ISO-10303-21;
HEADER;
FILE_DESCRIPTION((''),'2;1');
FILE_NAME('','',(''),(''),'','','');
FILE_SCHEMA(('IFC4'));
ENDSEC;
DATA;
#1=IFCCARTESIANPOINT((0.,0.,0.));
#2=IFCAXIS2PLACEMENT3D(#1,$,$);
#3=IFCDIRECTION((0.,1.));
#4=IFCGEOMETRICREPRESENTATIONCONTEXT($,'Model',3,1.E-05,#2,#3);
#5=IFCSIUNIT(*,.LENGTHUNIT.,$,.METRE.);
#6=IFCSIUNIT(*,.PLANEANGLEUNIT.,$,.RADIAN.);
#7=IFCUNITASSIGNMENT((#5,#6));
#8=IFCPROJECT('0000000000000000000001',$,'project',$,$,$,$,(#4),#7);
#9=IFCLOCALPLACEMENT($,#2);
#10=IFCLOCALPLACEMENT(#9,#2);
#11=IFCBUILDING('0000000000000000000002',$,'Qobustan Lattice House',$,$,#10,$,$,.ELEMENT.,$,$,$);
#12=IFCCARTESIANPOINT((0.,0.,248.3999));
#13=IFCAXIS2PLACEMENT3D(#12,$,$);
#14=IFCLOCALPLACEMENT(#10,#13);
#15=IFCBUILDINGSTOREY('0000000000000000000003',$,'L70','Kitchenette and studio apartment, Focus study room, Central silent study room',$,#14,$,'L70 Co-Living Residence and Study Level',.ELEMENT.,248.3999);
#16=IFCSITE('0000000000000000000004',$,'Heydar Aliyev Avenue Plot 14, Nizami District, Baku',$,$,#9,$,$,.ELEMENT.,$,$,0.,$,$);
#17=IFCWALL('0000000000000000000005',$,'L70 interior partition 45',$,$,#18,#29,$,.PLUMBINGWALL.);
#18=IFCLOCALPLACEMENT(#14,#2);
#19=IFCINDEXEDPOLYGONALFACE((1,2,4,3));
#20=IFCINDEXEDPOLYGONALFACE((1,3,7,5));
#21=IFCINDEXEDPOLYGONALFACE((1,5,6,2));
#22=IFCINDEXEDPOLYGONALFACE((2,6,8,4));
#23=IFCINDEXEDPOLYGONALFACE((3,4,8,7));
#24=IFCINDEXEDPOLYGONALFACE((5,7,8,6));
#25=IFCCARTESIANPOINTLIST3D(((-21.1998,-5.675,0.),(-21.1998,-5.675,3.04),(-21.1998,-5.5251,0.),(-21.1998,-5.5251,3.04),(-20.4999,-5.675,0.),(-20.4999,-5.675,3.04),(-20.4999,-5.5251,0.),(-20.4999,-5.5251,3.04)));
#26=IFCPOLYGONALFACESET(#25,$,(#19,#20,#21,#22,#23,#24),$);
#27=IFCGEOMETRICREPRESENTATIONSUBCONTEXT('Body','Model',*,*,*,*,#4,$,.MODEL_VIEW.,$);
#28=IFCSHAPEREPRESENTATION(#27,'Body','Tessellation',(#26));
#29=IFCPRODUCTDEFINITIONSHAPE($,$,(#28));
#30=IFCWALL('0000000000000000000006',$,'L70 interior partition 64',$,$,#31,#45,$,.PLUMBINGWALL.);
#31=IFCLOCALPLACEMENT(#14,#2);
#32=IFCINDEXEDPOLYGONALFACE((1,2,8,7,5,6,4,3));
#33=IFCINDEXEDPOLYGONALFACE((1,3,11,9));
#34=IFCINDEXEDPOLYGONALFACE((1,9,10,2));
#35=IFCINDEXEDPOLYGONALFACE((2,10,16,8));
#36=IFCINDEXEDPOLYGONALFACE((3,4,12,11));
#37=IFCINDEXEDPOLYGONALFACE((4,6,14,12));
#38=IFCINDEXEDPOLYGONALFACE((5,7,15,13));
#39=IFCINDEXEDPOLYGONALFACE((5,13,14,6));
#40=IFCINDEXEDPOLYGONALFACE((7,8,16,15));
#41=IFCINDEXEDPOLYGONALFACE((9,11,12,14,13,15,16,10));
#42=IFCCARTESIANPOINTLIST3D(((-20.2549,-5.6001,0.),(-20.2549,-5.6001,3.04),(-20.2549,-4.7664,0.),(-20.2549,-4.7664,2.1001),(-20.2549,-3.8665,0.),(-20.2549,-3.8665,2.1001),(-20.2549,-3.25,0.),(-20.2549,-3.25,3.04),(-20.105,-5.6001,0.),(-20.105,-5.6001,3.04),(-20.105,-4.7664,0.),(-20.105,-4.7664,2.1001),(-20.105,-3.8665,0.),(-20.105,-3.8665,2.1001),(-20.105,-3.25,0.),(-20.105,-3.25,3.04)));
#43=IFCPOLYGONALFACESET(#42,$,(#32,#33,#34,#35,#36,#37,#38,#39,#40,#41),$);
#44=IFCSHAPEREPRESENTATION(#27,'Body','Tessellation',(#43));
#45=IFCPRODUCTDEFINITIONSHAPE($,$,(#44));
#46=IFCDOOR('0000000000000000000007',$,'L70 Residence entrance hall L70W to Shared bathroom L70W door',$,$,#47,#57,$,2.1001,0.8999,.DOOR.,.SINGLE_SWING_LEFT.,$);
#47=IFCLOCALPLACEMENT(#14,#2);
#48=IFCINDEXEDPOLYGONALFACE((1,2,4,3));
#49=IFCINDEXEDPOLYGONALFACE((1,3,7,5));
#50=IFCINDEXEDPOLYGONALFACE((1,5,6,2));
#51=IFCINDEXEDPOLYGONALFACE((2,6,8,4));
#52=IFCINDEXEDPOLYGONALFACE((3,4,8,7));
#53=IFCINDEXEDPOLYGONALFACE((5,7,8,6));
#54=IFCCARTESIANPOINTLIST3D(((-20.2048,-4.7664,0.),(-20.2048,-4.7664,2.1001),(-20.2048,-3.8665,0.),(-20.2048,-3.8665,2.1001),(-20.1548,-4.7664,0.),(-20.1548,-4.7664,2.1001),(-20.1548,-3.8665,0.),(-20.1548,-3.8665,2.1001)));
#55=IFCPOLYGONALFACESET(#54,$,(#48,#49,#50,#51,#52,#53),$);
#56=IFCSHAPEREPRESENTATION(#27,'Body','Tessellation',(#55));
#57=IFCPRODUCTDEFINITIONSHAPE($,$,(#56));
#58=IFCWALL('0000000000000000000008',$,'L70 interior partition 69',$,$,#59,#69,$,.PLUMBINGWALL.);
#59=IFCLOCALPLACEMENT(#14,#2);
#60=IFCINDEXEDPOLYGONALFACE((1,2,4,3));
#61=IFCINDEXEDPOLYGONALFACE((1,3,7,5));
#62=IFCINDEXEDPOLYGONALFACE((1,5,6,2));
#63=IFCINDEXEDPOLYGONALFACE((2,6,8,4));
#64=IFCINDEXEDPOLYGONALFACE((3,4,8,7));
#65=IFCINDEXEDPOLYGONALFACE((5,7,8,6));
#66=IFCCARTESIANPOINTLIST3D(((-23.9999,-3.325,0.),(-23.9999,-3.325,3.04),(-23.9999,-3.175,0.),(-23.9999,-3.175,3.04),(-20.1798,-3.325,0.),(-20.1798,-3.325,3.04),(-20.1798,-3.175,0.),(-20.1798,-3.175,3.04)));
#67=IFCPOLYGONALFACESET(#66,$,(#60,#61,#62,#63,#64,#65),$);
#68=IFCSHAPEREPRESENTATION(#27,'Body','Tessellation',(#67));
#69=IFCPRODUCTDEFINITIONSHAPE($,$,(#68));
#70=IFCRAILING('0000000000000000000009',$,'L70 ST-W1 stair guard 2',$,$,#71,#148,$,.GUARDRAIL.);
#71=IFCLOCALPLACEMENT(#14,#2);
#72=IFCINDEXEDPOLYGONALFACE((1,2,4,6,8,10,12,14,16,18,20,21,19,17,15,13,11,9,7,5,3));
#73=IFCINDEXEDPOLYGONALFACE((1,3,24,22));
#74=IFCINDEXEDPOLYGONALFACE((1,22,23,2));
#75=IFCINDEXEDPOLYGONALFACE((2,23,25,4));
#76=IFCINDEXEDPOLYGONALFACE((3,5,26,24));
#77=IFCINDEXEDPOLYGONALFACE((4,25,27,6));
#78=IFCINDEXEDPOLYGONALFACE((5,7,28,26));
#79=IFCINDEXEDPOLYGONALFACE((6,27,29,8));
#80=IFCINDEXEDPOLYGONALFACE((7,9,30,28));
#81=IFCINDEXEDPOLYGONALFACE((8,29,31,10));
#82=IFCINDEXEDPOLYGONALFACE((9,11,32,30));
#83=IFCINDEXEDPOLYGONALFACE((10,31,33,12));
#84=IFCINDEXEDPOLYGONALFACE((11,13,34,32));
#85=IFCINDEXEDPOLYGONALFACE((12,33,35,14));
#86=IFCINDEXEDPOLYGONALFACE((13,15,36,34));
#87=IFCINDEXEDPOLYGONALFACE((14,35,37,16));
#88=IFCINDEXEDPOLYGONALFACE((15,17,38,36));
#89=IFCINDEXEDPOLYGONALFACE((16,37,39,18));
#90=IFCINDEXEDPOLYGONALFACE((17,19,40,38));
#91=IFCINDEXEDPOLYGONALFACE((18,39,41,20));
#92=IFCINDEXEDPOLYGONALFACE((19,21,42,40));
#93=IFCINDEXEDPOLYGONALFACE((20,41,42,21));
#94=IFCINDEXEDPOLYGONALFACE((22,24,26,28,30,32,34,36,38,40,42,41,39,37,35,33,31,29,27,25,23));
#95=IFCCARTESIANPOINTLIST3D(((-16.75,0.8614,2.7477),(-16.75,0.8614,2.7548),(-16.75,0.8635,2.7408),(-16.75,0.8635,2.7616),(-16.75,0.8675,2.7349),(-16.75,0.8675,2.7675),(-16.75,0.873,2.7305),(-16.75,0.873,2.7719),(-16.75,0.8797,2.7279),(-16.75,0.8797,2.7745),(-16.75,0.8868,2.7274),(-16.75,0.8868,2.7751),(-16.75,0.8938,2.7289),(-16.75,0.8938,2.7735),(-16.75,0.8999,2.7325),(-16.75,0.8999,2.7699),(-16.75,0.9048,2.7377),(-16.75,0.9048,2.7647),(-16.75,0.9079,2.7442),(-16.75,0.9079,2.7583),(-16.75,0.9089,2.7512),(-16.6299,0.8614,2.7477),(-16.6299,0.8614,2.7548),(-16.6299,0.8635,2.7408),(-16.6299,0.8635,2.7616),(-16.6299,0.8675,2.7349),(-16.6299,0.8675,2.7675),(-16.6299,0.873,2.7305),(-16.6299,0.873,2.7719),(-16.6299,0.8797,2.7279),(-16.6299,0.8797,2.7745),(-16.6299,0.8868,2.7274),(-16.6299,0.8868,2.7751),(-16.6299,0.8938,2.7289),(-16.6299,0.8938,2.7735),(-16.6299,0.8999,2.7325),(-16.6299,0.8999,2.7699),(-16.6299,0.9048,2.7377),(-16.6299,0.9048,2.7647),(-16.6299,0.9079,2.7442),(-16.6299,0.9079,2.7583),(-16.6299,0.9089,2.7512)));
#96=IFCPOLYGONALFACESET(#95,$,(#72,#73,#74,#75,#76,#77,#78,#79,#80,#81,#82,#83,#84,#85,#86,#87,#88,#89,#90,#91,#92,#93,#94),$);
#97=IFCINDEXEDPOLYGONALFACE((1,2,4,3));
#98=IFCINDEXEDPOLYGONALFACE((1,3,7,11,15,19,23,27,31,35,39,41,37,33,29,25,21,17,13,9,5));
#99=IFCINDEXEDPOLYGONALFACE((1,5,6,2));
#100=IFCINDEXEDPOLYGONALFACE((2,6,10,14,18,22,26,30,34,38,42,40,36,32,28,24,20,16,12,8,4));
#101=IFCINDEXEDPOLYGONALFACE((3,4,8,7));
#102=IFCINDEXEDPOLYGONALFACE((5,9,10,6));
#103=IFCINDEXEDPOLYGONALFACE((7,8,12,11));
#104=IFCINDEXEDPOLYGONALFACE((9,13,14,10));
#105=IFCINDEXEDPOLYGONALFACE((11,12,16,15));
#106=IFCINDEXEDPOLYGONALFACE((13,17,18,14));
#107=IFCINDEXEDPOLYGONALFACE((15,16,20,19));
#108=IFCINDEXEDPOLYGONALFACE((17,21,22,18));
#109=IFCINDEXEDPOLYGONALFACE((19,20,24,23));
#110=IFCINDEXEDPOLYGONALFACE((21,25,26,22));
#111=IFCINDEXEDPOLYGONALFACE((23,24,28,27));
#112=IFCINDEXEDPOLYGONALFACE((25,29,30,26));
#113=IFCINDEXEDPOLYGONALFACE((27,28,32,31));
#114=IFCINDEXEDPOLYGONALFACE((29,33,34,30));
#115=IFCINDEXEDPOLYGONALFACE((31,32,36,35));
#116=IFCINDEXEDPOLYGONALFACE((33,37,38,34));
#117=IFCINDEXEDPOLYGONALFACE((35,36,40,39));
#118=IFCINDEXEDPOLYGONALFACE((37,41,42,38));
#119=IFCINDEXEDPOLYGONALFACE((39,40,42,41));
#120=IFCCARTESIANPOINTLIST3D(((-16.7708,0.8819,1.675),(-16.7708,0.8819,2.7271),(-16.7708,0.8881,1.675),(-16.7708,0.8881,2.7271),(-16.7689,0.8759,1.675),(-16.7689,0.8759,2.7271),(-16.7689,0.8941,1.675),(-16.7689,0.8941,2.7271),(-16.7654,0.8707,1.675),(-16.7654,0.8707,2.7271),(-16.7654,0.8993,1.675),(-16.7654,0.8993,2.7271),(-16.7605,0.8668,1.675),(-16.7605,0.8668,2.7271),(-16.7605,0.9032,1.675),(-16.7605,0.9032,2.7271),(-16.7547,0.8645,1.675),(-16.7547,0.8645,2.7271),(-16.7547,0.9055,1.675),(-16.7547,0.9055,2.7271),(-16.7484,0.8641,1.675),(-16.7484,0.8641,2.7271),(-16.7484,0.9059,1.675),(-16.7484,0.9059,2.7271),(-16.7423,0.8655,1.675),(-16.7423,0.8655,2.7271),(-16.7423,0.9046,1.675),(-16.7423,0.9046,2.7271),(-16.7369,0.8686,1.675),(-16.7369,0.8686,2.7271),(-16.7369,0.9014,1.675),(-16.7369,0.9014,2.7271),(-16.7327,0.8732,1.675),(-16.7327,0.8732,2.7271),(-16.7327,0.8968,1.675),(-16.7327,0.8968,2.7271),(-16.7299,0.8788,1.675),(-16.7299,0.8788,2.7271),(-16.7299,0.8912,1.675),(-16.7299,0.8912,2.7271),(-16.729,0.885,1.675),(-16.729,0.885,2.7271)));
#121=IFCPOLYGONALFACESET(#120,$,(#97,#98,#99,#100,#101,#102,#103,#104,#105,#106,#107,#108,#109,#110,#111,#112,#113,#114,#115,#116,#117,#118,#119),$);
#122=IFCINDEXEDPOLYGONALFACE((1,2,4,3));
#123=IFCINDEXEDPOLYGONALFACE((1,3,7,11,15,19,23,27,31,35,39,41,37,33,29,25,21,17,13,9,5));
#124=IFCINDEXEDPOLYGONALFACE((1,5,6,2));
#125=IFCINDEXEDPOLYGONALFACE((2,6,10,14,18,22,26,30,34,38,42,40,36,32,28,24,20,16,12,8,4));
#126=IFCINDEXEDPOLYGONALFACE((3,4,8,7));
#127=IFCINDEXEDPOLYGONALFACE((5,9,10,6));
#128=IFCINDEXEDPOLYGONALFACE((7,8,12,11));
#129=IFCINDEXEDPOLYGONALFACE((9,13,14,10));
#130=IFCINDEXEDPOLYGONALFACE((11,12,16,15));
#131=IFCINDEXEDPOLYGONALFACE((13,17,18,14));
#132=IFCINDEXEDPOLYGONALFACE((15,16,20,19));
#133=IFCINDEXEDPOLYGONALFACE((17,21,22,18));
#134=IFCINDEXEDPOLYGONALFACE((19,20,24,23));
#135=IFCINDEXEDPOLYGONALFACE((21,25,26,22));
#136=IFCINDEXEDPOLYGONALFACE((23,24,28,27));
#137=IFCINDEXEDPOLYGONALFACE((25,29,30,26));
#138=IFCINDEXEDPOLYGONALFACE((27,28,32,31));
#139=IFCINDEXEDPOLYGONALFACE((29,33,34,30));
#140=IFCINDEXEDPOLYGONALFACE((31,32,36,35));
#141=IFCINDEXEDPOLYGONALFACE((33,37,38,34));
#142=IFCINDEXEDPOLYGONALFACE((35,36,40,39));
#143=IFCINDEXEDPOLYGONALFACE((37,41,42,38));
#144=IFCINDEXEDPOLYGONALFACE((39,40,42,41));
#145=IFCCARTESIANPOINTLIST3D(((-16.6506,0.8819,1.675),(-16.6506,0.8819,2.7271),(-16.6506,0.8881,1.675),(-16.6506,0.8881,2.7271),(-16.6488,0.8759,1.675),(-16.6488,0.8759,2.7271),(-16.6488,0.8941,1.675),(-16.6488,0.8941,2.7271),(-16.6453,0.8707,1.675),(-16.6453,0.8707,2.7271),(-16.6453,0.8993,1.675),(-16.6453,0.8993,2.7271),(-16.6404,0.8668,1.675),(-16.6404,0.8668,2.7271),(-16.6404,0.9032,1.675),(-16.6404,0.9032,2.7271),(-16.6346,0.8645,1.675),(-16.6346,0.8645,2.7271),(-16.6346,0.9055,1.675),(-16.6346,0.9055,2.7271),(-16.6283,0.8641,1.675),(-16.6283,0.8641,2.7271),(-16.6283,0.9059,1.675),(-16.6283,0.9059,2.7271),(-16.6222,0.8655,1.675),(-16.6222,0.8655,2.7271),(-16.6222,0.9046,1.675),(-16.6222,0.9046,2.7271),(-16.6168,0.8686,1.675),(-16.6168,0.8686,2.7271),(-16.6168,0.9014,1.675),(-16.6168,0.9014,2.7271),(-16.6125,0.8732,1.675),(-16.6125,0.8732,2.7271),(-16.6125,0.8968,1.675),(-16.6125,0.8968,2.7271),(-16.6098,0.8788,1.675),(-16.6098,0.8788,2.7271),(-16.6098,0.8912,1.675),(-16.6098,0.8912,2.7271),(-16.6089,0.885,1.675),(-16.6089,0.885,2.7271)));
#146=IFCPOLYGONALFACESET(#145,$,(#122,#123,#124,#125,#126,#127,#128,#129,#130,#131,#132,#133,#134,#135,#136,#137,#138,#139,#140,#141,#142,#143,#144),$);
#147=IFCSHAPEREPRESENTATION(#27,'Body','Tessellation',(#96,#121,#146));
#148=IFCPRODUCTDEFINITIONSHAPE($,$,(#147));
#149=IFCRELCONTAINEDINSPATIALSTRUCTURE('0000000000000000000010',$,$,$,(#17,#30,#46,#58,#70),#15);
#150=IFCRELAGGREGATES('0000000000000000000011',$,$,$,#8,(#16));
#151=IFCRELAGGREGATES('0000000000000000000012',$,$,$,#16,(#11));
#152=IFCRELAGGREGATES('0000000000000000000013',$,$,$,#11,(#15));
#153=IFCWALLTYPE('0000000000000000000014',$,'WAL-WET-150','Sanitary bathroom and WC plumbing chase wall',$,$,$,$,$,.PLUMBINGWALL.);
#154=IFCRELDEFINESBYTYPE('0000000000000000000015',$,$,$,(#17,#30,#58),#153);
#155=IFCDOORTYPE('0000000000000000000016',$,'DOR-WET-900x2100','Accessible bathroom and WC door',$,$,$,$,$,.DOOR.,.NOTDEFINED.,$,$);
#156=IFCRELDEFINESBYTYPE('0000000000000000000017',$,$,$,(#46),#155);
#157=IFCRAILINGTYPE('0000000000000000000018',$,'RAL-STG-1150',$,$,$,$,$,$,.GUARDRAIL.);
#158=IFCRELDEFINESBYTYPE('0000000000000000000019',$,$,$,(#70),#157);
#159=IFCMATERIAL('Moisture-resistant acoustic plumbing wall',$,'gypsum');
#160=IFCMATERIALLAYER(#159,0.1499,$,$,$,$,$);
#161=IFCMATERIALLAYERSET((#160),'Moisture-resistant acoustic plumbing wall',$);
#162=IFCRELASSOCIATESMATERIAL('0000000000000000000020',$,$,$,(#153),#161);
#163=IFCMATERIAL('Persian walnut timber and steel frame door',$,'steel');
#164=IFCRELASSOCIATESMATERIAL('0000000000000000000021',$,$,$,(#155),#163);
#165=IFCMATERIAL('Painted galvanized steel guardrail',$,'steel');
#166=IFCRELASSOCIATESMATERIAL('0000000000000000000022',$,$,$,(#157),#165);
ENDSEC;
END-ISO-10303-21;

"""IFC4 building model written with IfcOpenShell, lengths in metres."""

from ifc_helpers import new_model, si_unit, direction, frame, frame_2d, origin, origin_2d, place, context, subcontext, project, spatial, rectangle, circle, extrude, material, layer, layer_set, type_object, element, fill, save


model = new_model("IFC4")

# Units and contexts
model_context = context("Model", 3, precision=1e-05, world=origin(), true_north=direction((0.0, 1.0)))
body_context = subcontext(model_context, "Body", "Model", "MODEL_VIEW")
ifc_project = project(units=[si_unit("LENGTHUNIT", "METRE"), si_unit("PLANEANGLEUNIT", "RADIAN")], contexts=[model_context])

# Site, building, storey
site_placement = place(None, origin())
site = spatial("IfcSite", under=ifc_project, at=site_placement, Name="Heydar Aliyev Avenue Plot 14, Nizami District, Baku", CompositionType="ELEMENT", RefElevation=0.0)
building_placement = place(site_placement, origin())
building = spatial("IfcBuilding", under=site, at=building_placement, Name="Qobustan Lattice House", CompositionType="ELEMENT")
storey_placement = place(building_placement, frame((0.0, 0.0, 248.3999)))
storey = spatial("IfcBuildingStorey", under=building, at=storey_placement, Name="L70", Description="Kitchenette and studio apartment, Focus study room, Central silent study room", LongName="L70 Co-Living Residence and Study Level", CompositionType="ELEMENT", Elevation=248.3999)

# Wall
ifc_material_1 = material(Name="Moisture-resistant acoustic plumbing wall", Category="gypsum")
ifc_layer_1 = layer(ifc_material_1, 0.1499)
ifc_layer_set_1 = layer_set([ifc_layer_1], Name="Moisture-resistant acoustic plumbing wall")
wall_type_1 = type_object("IfcWallType", Name="WAL-WET-150", Description="Sanitary bathroom and WC plumbing chase wall", PredefinedType="PLUMBINGWALL", material=ifc_layer_set_1)
wall_1_placement = place(storey_placement, frame((-21.2, -5.6001, 0.0), z_axis=(0.0, 0.0, 1.0), x_axis=(1.0, 0.0, 0.0)))
element("IfcWall", 1, at=wall_1_placement, inside=storey, type_object=wall_type_1, Name="L70 interior partition 45", PredefinedType="PLUMBINGWALL", context=body_context, shape_type="SweptSolid", body=[
    extrude(rectangle(XDim=0.7, YDim=0.1499, at=frame_2d((0.3501, 0.0))), origin(), (0.0, 0.0, 1.0), 3.04),
])

# Wall, opening, door
wall_2_placement = place(storey_placement, frame((-20.1799, -5.6001, 0.0), z_axis=(0.0, 0.0, 1.0), x_axis=(0.0, 1.0, 0.0)))
wall_2 = element("IfcWall", 2, at=wall_2_placement, inside=storey, type_object=wall_type_1, Name="L70 interior partition 64", PredefinedType="PLUMBINGWALL", context=body_context, shape_type="SweptSolid", body=[
    extrude(rectangle(XDim=2.3501, YDim=0.1499, at=frame_2d((1.175, 0.0))), origin(), (0.0, 0.0, 1.0), 3.04),
])
opening_1_placement = place(wall_2_placement, frame((0.8337, 0.0, 0.0)))
opening_1 = element("IfcOpeningElement", 3, at=opening_1_placement, cuts=wall_2, PredefinedType="OPENING", context=body_context, shape_type="SweptSolid", body=[
    extrude(rectangle(XDim=0.8999, YDim=2.1001, at=frame_2d((0.45, 1.05))), frame((0.0, 0.085, 0.0), z_axis=(0.0, -1.0, 0.0), x_axis=(1.0, 0.0, 0.0)), (0.0, 0.0, 1.0), 0.1699),
])
ifc_material_2 = material(Name="Persian walnut timber and steel frame door", Category="steel")
door_type_1 = type_object("IfcDoorType", Name="DOR-WET-900x2100", Description="Accessible bathroom and WC door", OperationType="NOTDEFINED", PredefinedType="DOOR", material=ifc_material_2)
door_1_placement = place(opening_1_placement, origin())
door_1 = element("IfcDoor", 4, at=door_1_placement, inside=storey, type_object=door_type_1, Name="L70 Residence entrance hall L70W to Shared bathroom L70W door", OperationType="SINGLE_SWING_LEFT", OverallHeight=2.1001, OverallWidth=0.8999, PredefinedType="DOOR", context=body_context, shape_type="SweptSolid", body=[
    extrude(rectangle(XDim=0.8999, YDim=2.1001, at=frame_2d((0.45, 1.05))), frame((0.0, 0.0249, 0.0), z_axis=(0.0, -1.0, 0.0), x_axis=(1.0, 0.0, 0.0)), (0.0, 0.0, 1.0), 0.05),
])
fill(opening_1, door_1)

# Wall
wall_3_placement = place(storey_placement, frame((-24.0, -3.25, 0.0), z_axis=(0.0, 0.0, 1.0), x_axis=(1.0, 0.0, 0.0)))
element("IfcWall", 5, at=wall_3_placement, inside=storey, type_object=wall_type_1, Name="L70 interior partition 69", PredefinedType="PLUMBINGWALL", context=body_context, shape_type="SweptSolid", body=[
    extrude(rectangle(XDim=3.8201, YDim=0.1499, at=frame_2d((1.9102, 0.0))), origin(), (0.0, 0.0, 1.0), 3.04),
])

# Railing
ifc_material_3 = material(Name="Painted galvanized steel guardrail", Category="steel")
railing_type = type_object("IfcRailingType", Name="RAL-STG-1150", PredefinedType="GUARDRAIL", material=ifc_material_3)
railing_placement = place(storey_placement, frame((-16.75, 0.885, 1.675)))
element("IfcRailing", 6, at=railing_placement, inside=storey, type_object=railing_type, Name="L70 ST-W1 stair guard 2", PredefinedType="GUARDRAIL", context=body_context, shape_type="SweptSolid", body=[
    extrude(circle(Radius=0.0239, at=origin_2d()), frame((0.0, 0.0, 1.0762), z_axis=(1.0, 0.0, 0.0), x_axis=(0.0, 1.0, 0.0)), (0.0, 0.0, 1.0), 0.1201),
    extrude(circle(Radius=0.021, at=origin_2d()), origin(), (0.0, 0.0, 1.0), 1.052),
    extrude(circle(Radius=0.021, at=origin_2d()), frame((0.1201, 0.0, 0.0)), (0.0, 0.0, 1.0), 1.052),
])

save(model, "model.ifc")
